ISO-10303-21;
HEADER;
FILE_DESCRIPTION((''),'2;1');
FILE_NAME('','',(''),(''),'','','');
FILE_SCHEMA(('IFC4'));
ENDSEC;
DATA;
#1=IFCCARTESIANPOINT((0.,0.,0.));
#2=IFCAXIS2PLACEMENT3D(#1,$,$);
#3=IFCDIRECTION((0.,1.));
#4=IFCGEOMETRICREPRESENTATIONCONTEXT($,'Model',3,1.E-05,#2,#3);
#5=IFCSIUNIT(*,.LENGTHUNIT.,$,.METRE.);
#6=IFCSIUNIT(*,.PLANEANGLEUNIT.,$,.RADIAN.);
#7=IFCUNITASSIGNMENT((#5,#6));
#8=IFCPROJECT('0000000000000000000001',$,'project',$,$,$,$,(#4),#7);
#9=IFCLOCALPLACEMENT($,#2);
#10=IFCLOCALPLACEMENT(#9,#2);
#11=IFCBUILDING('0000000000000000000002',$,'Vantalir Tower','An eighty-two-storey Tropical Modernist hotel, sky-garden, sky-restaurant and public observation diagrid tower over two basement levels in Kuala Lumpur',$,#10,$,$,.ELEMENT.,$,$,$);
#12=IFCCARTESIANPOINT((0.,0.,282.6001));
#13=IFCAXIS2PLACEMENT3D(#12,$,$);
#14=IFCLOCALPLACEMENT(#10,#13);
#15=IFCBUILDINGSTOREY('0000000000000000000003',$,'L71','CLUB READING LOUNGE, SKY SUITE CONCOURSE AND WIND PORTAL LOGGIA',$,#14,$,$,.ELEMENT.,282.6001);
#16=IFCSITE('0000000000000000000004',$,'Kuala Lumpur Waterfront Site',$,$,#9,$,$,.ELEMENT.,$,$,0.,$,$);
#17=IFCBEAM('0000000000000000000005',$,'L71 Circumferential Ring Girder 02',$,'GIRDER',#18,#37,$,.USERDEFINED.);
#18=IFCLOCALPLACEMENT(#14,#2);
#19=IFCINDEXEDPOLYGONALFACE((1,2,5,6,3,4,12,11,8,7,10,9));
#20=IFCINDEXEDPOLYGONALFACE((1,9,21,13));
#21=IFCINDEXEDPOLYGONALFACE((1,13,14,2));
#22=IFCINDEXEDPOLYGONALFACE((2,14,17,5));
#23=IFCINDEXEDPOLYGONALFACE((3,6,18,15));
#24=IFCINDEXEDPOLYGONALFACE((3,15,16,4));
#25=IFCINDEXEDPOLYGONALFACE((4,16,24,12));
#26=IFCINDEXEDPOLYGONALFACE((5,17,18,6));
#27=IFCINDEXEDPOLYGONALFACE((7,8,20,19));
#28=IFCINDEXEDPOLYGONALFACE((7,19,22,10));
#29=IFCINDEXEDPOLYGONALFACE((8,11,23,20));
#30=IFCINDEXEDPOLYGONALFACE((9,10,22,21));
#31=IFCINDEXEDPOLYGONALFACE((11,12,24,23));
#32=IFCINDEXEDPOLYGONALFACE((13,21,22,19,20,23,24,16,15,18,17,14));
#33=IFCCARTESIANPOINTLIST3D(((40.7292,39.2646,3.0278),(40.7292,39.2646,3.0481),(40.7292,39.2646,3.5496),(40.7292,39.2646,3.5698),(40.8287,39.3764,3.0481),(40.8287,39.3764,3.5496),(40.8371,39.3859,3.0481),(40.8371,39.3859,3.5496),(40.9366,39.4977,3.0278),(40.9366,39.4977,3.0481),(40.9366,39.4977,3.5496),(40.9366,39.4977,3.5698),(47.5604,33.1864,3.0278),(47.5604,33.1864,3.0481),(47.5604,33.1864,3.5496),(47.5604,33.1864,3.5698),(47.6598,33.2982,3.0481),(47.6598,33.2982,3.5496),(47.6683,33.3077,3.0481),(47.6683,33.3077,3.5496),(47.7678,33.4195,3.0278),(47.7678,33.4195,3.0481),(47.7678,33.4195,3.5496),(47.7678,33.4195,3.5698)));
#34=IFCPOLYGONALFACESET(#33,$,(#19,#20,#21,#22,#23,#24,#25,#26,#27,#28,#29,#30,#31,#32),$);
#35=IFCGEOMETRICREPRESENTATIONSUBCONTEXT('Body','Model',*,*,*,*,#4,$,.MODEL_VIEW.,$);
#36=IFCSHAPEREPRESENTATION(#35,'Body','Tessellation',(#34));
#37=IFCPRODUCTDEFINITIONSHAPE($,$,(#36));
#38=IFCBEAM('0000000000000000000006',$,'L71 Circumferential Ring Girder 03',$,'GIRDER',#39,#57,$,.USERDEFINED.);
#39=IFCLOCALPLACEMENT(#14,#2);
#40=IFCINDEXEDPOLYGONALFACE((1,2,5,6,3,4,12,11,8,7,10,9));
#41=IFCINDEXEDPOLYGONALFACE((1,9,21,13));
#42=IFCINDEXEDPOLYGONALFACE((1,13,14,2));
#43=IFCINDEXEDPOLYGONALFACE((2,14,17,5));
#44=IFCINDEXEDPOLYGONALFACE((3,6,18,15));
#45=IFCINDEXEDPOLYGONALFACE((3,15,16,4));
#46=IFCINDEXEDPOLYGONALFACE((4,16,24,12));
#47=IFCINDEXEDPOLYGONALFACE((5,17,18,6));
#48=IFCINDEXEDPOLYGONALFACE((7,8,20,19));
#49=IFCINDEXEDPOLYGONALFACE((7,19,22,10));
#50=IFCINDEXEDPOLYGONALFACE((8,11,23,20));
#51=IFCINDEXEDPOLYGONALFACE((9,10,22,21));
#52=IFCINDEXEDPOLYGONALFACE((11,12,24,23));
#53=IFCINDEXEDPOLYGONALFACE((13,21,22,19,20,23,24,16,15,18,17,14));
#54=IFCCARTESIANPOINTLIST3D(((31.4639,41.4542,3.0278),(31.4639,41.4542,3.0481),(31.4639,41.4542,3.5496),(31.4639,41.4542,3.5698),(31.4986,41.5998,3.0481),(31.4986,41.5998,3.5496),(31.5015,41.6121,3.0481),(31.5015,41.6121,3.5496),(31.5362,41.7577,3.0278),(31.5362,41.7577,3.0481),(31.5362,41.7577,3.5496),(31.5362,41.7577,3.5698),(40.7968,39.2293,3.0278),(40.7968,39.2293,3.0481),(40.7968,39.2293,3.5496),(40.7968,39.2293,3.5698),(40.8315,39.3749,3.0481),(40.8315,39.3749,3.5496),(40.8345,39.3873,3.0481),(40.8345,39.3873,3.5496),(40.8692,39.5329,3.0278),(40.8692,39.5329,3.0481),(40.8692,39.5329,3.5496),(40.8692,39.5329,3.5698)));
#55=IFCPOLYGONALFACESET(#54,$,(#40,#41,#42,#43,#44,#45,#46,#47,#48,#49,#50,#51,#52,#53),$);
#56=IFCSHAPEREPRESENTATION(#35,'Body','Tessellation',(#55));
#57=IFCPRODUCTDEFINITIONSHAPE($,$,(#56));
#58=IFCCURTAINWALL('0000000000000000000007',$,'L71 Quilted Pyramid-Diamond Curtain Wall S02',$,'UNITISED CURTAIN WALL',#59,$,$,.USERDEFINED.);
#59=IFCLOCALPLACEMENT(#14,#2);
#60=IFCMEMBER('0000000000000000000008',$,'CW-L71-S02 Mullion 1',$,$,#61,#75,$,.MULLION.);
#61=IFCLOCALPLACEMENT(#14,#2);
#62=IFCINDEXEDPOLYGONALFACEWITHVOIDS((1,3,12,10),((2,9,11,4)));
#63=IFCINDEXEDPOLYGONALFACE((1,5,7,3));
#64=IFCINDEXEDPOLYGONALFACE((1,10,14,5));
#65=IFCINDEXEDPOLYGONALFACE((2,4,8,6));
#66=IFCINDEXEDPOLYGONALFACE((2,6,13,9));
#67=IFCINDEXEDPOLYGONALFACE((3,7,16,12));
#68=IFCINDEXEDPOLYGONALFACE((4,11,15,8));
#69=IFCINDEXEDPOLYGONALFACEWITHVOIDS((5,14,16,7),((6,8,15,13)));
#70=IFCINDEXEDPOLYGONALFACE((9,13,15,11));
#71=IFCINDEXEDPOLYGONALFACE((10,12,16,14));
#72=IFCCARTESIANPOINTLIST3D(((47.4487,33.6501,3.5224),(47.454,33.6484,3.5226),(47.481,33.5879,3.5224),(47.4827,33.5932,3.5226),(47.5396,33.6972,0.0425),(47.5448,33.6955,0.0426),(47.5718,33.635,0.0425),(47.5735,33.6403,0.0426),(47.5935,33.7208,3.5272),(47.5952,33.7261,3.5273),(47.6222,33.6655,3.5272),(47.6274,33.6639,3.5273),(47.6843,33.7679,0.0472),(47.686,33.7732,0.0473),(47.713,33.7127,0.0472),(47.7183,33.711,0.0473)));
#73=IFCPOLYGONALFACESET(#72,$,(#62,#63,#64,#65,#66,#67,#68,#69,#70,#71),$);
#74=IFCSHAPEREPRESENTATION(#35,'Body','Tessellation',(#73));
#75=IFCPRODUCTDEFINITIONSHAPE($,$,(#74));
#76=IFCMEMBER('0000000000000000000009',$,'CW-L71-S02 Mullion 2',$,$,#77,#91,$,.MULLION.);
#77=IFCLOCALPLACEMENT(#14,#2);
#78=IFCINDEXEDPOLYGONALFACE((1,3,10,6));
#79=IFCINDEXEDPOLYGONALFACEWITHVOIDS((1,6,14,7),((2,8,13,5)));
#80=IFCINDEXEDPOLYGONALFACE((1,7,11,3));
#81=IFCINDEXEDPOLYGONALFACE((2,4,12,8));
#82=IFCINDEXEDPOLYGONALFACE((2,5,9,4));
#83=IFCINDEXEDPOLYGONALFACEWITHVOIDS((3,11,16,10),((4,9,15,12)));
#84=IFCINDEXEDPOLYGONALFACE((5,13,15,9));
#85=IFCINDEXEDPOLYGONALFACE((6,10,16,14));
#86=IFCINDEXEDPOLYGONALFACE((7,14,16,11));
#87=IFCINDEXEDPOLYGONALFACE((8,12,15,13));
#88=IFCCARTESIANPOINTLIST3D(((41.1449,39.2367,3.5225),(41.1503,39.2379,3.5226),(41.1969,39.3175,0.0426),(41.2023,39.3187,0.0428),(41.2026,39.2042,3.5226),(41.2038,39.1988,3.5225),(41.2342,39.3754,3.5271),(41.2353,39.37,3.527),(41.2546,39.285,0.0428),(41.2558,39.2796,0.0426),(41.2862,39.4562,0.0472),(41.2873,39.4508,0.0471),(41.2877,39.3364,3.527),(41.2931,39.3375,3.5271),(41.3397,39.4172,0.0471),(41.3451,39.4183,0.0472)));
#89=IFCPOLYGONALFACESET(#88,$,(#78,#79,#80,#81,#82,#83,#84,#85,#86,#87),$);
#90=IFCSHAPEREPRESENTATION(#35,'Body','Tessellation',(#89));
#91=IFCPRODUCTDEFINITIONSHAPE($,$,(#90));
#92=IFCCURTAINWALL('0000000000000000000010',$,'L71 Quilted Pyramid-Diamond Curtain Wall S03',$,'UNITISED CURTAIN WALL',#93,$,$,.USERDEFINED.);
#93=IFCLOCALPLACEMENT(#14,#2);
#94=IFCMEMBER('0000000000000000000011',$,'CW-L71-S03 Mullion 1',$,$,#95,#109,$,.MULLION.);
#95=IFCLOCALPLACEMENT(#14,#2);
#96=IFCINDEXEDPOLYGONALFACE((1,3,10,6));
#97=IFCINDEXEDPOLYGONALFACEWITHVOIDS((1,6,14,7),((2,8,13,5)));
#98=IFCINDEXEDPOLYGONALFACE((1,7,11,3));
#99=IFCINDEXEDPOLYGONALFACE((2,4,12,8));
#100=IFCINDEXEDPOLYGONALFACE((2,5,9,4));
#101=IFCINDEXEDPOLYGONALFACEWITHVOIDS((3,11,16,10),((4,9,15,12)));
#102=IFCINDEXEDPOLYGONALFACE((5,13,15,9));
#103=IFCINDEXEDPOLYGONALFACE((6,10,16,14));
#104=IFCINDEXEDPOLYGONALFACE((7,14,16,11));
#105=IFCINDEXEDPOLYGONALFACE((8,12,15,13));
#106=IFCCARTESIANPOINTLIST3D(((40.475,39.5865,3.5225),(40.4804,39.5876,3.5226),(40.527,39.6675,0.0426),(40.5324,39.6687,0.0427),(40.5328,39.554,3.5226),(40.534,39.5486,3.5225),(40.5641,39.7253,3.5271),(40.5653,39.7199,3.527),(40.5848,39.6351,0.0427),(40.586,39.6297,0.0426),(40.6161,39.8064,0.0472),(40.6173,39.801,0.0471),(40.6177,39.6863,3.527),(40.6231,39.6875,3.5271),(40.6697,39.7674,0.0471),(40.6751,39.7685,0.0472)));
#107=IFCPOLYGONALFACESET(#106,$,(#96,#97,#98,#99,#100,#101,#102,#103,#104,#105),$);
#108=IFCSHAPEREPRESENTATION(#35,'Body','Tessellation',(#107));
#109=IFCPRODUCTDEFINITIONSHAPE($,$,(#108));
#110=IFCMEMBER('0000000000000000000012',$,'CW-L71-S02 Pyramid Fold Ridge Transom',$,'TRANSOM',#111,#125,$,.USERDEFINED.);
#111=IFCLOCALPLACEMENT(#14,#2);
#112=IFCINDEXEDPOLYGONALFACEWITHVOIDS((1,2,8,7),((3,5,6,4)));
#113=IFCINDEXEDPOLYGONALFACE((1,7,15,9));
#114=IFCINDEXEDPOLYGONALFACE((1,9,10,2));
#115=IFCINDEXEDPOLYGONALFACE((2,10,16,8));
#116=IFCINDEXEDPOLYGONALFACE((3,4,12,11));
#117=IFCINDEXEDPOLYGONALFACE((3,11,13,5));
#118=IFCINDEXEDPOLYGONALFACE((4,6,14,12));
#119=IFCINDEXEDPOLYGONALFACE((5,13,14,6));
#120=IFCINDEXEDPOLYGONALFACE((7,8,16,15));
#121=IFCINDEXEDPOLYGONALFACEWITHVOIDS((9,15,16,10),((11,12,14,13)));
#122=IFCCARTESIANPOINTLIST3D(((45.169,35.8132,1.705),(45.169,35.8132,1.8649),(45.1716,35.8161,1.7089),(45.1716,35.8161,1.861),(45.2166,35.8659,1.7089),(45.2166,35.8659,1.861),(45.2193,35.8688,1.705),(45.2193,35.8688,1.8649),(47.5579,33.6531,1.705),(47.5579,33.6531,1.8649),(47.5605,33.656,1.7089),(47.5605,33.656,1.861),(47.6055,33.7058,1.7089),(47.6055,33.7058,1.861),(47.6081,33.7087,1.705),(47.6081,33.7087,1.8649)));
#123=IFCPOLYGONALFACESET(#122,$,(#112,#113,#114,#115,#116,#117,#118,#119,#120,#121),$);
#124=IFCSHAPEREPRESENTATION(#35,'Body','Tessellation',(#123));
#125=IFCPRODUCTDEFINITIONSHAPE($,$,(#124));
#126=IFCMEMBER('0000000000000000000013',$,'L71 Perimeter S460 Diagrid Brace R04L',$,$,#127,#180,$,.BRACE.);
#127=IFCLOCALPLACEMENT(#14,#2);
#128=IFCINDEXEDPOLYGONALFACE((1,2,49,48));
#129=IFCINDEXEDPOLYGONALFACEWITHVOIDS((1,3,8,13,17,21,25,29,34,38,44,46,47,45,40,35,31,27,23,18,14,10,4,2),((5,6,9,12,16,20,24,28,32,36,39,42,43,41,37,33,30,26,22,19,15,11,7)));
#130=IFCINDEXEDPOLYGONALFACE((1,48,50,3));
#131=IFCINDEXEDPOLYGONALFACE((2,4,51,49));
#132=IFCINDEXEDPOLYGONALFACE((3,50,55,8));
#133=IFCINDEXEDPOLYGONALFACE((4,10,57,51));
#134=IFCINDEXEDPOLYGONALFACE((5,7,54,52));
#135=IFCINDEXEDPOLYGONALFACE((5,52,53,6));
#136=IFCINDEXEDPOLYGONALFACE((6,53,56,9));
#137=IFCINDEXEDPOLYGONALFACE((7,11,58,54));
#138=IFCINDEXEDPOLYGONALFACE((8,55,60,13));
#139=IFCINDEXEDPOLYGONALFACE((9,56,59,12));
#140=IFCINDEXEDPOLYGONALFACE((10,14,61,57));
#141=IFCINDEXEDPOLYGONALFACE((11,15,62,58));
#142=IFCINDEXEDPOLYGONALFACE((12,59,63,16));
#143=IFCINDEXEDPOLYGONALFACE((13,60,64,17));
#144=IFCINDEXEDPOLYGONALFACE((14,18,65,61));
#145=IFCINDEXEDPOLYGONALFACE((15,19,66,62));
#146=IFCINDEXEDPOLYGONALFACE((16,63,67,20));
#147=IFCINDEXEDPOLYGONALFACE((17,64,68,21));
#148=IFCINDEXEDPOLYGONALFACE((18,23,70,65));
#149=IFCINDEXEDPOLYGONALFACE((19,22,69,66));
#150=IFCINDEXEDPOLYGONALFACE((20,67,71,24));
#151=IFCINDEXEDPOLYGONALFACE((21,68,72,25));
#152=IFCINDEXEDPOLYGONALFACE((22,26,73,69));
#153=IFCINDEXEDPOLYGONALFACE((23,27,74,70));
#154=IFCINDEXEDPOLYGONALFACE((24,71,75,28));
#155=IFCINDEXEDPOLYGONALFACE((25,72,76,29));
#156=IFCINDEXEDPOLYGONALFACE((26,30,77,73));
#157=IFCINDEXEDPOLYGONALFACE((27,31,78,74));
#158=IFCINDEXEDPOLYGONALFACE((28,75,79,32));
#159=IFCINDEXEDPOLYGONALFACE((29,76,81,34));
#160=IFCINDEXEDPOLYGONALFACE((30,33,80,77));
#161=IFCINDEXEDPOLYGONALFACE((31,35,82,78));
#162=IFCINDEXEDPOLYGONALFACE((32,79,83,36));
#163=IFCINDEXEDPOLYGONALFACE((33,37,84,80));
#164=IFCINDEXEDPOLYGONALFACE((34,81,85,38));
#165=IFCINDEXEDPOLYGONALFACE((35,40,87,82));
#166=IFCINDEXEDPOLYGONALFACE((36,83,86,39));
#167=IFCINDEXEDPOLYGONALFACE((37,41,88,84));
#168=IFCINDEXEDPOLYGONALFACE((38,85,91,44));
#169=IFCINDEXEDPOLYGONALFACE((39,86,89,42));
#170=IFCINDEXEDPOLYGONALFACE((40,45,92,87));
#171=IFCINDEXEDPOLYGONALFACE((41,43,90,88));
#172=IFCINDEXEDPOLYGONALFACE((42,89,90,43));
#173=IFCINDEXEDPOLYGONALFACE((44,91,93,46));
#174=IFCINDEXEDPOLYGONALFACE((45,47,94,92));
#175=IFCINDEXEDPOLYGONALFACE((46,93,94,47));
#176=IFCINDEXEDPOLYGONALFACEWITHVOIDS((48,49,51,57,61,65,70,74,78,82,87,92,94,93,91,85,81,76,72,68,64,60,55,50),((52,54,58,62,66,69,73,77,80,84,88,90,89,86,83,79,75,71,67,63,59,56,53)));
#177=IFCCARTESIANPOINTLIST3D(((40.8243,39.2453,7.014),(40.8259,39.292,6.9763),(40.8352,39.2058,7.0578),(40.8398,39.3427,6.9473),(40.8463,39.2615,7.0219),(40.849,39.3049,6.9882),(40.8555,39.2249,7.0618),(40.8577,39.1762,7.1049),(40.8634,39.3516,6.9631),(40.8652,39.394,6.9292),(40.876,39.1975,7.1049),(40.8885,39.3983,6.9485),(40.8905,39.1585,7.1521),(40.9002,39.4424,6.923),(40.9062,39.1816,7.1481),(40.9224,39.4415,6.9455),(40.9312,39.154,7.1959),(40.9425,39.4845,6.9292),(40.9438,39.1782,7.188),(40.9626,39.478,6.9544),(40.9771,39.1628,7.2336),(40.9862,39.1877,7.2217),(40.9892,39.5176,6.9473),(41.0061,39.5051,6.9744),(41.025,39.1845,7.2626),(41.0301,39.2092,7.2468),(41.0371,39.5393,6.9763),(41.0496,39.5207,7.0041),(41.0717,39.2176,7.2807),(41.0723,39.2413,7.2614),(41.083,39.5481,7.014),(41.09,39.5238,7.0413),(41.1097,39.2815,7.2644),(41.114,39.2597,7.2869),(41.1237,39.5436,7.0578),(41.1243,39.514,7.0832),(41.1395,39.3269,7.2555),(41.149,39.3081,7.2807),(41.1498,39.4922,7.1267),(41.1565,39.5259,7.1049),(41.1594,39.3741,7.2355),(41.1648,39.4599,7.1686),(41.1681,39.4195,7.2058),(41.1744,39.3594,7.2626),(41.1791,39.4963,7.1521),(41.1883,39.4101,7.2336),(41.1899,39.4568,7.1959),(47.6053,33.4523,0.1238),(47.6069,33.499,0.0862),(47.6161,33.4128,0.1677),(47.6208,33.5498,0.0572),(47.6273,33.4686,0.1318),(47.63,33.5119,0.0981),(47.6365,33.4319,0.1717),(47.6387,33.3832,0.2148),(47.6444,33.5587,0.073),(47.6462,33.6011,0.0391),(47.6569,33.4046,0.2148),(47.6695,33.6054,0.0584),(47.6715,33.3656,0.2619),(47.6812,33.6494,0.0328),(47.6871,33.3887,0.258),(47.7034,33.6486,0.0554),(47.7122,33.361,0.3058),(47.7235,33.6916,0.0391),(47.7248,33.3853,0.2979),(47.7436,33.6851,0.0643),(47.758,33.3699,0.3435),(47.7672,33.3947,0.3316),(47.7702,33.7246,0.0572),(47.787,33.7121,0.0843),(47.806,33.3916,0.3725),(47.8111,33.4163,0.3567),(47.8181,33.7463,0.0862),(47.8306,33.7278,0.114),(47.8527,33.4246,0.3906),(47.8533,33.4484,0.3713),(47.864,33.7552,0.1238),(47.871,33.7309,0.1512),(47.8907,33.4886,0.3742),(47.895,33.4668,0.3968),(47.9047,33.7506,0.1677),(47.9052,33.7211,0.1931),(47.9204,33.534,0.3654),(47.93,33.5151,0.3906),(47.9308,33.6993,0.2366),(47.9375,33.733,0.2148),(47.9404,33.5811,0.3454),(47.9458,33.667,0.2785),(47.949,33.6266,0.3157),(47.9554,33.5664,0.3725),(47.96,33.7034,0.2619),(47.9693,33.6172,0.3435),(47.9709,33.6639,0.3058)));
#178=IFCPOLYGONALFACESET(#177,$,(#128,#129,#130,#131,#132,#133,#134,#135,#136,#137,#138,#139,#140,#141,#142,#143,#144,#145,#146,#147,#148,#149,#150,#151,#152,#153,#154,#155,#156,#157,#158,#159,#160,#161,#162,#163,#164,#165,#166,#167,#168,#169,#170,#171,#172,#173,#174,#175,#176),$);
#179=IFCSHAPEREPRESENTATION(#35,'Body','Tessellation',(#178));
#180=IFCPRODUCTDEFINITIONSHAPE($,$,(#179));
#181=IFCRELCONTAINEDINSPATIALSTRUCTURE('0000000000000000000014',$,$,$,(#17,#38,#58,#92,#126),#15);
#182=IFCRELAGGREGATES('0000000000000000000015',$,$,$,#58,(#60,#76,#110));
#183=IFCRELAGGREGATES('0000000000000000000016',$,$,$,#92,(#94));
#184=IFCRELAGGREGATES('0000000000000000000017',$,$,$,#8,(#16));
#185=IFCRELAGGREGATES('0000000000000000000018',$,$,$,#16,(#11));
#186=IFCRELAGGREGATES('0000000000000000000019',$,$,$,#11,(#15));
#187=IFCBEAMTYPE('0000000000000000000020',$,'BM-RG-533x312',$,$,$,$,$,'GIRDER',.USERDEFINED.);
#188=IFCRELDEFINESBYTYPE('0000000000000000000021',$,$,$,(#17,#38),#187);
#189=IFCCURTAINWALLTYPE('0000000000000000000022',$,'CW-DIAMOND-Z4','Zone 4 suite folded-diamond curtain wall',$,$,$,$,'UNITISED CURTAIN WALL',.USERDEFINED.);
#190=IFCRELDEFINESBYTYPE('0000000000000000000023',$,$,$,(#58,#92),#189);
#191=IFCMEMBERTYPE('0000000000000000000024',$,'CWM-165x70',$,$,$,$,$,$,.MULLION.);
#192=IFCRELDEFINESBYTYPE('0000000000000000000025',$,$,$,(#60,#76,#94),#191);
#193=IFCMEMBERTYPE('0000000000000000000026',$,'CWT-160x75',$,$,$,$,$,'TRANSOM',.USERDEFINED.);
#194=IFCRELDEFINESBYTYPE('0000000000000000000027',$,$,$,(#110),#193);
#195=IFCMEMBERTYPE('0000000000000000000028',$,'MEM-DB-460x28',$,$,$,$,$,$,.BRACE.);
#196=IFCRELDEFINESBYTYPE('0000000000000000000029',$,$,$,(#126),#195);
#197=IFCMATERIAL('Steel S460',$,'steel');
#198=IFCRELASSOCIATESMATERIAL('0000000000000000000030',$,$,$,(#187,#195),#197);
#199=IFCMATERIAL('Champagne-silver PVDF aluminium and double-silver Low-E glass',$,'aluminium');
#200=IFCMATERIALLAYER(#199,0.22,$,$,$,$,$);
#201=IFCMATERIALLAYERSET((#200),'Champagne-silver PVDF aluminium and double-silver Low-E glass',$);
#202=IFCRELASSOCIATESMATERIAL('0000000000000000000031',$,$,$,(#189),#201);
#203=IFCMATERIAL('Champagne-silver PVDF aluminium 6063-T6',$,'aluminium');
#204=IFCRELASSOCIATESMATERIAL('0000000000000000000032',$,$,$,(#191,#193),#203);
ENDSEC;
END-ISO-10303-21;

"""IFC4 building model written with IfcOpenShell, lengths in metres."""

from ifc_helpers import new_model, si_unit, direction, frame, origin, origin_2d, place, context, subcontext, project, spatial, hollow_rectangle, hollow_circle, i_section, extrude, material, layer, layer_set, material_profile, profile_set, type_object, element, aggregate, save


model = new_model("IFC4")

# Units and contexts
model_context = context("Model", 3, precision=1e-05, world=origin(), true_north=direction((0.0, 1.0)))
body_context = subcontext(model_context, "Body", "Model", "MODEL_VIEW")
ifc_project = project(units=[si_unit("LENGTHUNIT", "METRE"), si_unit("PLANEANGLEUNIT", "RADIAN")], contexts=[model_context])

# Site, building, storey
site_placement = place(None, origin())
site = spatial("IfcSite", under=ifc_project, at=site_placement, Name="Kuala Lumpur Waterfront Site", CompositionType="ELEMENT", RefElevation=0.0)
building_placement = place(site_placement, origin())
building = spatial("IfcBuilding", under=site, at=building_placement, Name="Vantalir Tower", Description="An eighty-two-storey Tropical Modernist hotel, sky-garden, sky-restaurant and public observation diagrid tower over two basement levels in Kuala Lumpur", CompositionType="ELEMENT")
storey_placement = place(building_placement, frame((0.0, 0.0, 282.6001)))
storey = spatial("IfcBuildingStorey", under=building, at=storey_placement, Name="L71", Description="CLUB READING LOUNGE, SKY SUITE CONCOURSE AND WIND PORTAL LOGGIA", CompositionType="ELEMENT", Elevation=282.6001)

# Shared definitions
ifc_material_1 = material(Name="Steel S460", Category="steel")

# Beams
ifc_material_profile_1 = material_profile(ifc_material_1, i_section(OverallWidth=0.312, OverallDepth=0.542, WebThickness=0.0127, FlangeThickness=0.0203, at=origin_2d()), Name="Steel S460")
ifc_profile_set_1 = profile_set([ifc_material_profile_1], Name="Steel S460")
beam_type_1 = type_object("IfcBeamType", Name="BM-RG-533x312", ElementType="GIRDER", PredefinedType="USERDEFINED", material=ifc_profile_set_1)
beam_1_placement = place(storey_placement, frame((47.6641, 33.303, 3.2988), z_axis=(-0.747079, 0.664735, 0.0), x_axis=(-0.664735, -0.747079, 0.0)))
element("IfcBeam", 1, at=beam_1_placement, inside=storey, type_object=beam_type_1, Name="L71 Circumferential Ring Girder 02", ObjectType="GIRDER", PredefinedType="USERDEFINED", context=body_context, shape_type="SweptSolid", body=[
    extrude(i_section(OverallWidth=0.312, OverallDepth=0.542, WebThickness=0.0127, FlangeThickness=0.0203, at=origin_2d()), origin(), (0.0, 0.0, 1.0), 9.1438),
])
beam_2_placement = place(storey_placement, frame((40.833, 39.3811, 3.2988), z_axis=(-0.972743, 0.231888, 0.0), x_axis=(-0.231888, -0.972743, 0.0)))
element("IfcBeam", 2, at=beam_2_placement, inside=storey, type_object=beam_type_1, Name="L71 Circumferential Ring Girder 03", ObjectType="GIRDER", PredefinedType="USERDEFINED", context=body_context, shape_type="SweptSolid", body=[
    extrude(i_section(OverallWidth=0.312, OverallDepth=0.542, WebThickness=0.0127, FlangeThickness=0.0203, at=origin_2d()), origin(), (0.0, 0.0, 1.0), 9.5945),
])

# Curtain wall, members
ifc_material_2 = material(Name="Champagne-silver PVDF aluminium and double-silver Low-E glass", Category="aluminium")
ifc_layer_1 = layer(ifc_material_2, 0.22)
ifc_layer_set_1 = layer_set([ifc_layer_1], Name="Champagne-silver PVDF aluminium and double-silver Low-E glass")
curtain_wall_type = type_object("IfcCurtainWallType", Name="CW-DIAMOND-Z4", Description="Zone 4 suite folded-diamond curtain wall", ElementType="UNITISED CURTAIN WALL", PredefinedType="USERDEFINED", material=ifc_layer_set_1)
curtain_wall_1_placement = place(storey_placement, origin())
curtain_wall_1 = element("IfcCurtainWall", 3, at=curtain_wall_1_placement, inside=storey, type_object=curtain_wall_type, Name="L71 Quilted Pyramid-Diamond Curtain Wall S02", ObjectType="UNITISED CURTAIN WALL", PredefinedType="USERDEFINED")
ifc_material_3 = material(Name="Champagne-silver PVDF aluminium 6063-T6", Category="aluminium")
ifc_material_profile_2 = material_profile(ifc_material_3, hollow_rectangle(XDim=0.0701, YDim=0.165, WallThickness=0.0039, at=origin_2d()), Name="Champagne-silver PVDF aluminium 6063-T6")
ifc_profile_set_2 = profile_set([ifc_material_profile_2], Name="Champagne-silver PVDF aluminium 6063-T6")
member_type_1 = type_object("IfcMemberType", Name="CWM-165x70", PredefinedType="MULLION", material=ifc_profile_set_2)
member_1_placement = place(storey_placement, frame((47.6289, 33.7041, 0.0449), z_axis=(-0.026087, -0.013534, 0.999568), x_axis=(0.460526, -0.887646, 0.0)))
member_1 = element("IfcMember", 4, at=member_1_placement, type_object=member_type_1, Name="CW-L71-S02 Mullion 1", PredefinedType="MULLION", context=body_context, shape_type="SweptSolid", body=[
    extrude(hollow_rectangle(XDim=0.0701, YDim=0.165, WallThickness=0.0039, at=origin_2d()), origin(), (0.0, 0.0, 1.0), 3.4814),
])
member_2_placement = place(storey_placement, frame((41.271, 39.3679, 0.0449), z_axis=(-0.014937, -0.023213, 0.999619), x_axis=(0.840931, -0.541143, 0.0)))
member_2 = element("IfcMember", 5, at=member_2_placement, type_object=member_type_1, Name="CW-L71-S02 Mullion 2", PredefinedType="MULLION", context=body_context, shape_type="SweptSolid", body=[
    extrude(hollow_rectangle(XDim=0.0701, YDim=0.165, WallThickness=0.0039, at=origin_2d()), origin(), (0.0, 0.0, 1.0), 3.4812),
])

# Curtain wall, member
curtain_wall_2_placement = place(storey_placement, origin())
curtain_wall_2 = element("IfcCurtainWall", 6, at=curtain_wall_2_placement, inside=storey, type_object=curtain_wall_type, Name="L71 Quilted Pyramid-Diamond Curtain Wall S03", ObjectType="UNITISED CURTAIN WALL", PredefinedType="USERDEFINED")
member_3_placement = place(storey_placement, frame((40.6011, 39.718, 0.0449), z_axis=(-0.014937, -0.023283, 0.999617), x_axis=(0.841672, -0.539989, 0.0)))
member_3 = element("IfcMember", 7, at=member_3_placement, type_object=member_type_1, Name="CW-L71-S03 Mullion 1", PredefinedType="MULLION", context=body_context, shape_type="SweptSolid", body=[
    extrude(hollow_rectangle(XDim=0.0701, YDim=0.165, WallThickness=0.0039, at=origin_2d()), origin(), (0.0, 0.0, 1.0), 3.4812),
])

# Member
ifc_material_profile_3 = material_profile(ifc_material_3, hollow_rectangle(XDim=0.075, YDim=0.1599, WallThickness=0.0039, at=origin_2d()), Name="Champagne-silver PVDF aluminium 6063-T6")
ifc_profile_set_3 = profile_set([ifc_material_profile_3], Name="Champagne-silver PVDF aluminium 6063-T6")
member_type_2 = type_object("IfcMemberType", Name="CWT-160x75", ElementType="TRANSOM", PredefinedType="USERDEFINED", material=ifc_profile_set_3)
member_4_placement = place(storey_placement, frame((47.583, 33.6809, 1.7849), z_axis=(-0.741728, 0.670701, 0.0), x_axis=(-0.670701, -0.741728, 0.0)))
member_4 = element("IfcMember", 8, at=member_4_placement, type_object=member_type_2, Name="CW-L71-S02 Pyramid Fold Ridge Transom", ObjectType="TRANSOM", PredefinedType="USERDEFINED", context=body_context, shape_type="SweptSolid", body=[
    extrude(hollow_rectangle(XDim=0.075, YDim=0.1599, WallThickness=0.0039, at=origin_2d()), origin(), (0.0, 0.0, 1.0), 3.2207),
])

# Member
ifc_material_profile_4 = material_profile(ifc_material_1, hollow_circle(Radius=0.23, WallThickness=0.0281, at=origin_2d()), Name="Steel S460")
ifc_profile_set_4 = profile_set([ifc_material_profile_4], Name="Steel S460")
member_type_3 = type_object("IfcMemberType", Name="MEM-DB-460x28", PredefinedType="BRACE", material=ifc_profile_set_4)
member_5_placement = place(storey_placement, frame((47.7881, 33.5581, 0.2148), z_axis=(-0.601683, 0.514013, 0.611366), x_axis=(-0.649542, -0.760326, 0.0)))
element("IfcMember", 9, at=member_5_placement, inside=storey, type_object=member_type_3, Name="L71 Perimeter S460 Diagrid Brace R04L", PredefinedType="BRACE", context=body_context, shape_type="SweptSolid", body=[
    extrude(hollow_circle(Radius=0.23, WallThickness=0.0281, at=origin_2d()), origin(), (0.0, 0.0, 1.0), 11.27),
])

aggregate(curtain_wall_1, [member_1, member_2, member_4])
aggregate(curtain_wall_2, [member_3])

save(model, "model.ifc")
